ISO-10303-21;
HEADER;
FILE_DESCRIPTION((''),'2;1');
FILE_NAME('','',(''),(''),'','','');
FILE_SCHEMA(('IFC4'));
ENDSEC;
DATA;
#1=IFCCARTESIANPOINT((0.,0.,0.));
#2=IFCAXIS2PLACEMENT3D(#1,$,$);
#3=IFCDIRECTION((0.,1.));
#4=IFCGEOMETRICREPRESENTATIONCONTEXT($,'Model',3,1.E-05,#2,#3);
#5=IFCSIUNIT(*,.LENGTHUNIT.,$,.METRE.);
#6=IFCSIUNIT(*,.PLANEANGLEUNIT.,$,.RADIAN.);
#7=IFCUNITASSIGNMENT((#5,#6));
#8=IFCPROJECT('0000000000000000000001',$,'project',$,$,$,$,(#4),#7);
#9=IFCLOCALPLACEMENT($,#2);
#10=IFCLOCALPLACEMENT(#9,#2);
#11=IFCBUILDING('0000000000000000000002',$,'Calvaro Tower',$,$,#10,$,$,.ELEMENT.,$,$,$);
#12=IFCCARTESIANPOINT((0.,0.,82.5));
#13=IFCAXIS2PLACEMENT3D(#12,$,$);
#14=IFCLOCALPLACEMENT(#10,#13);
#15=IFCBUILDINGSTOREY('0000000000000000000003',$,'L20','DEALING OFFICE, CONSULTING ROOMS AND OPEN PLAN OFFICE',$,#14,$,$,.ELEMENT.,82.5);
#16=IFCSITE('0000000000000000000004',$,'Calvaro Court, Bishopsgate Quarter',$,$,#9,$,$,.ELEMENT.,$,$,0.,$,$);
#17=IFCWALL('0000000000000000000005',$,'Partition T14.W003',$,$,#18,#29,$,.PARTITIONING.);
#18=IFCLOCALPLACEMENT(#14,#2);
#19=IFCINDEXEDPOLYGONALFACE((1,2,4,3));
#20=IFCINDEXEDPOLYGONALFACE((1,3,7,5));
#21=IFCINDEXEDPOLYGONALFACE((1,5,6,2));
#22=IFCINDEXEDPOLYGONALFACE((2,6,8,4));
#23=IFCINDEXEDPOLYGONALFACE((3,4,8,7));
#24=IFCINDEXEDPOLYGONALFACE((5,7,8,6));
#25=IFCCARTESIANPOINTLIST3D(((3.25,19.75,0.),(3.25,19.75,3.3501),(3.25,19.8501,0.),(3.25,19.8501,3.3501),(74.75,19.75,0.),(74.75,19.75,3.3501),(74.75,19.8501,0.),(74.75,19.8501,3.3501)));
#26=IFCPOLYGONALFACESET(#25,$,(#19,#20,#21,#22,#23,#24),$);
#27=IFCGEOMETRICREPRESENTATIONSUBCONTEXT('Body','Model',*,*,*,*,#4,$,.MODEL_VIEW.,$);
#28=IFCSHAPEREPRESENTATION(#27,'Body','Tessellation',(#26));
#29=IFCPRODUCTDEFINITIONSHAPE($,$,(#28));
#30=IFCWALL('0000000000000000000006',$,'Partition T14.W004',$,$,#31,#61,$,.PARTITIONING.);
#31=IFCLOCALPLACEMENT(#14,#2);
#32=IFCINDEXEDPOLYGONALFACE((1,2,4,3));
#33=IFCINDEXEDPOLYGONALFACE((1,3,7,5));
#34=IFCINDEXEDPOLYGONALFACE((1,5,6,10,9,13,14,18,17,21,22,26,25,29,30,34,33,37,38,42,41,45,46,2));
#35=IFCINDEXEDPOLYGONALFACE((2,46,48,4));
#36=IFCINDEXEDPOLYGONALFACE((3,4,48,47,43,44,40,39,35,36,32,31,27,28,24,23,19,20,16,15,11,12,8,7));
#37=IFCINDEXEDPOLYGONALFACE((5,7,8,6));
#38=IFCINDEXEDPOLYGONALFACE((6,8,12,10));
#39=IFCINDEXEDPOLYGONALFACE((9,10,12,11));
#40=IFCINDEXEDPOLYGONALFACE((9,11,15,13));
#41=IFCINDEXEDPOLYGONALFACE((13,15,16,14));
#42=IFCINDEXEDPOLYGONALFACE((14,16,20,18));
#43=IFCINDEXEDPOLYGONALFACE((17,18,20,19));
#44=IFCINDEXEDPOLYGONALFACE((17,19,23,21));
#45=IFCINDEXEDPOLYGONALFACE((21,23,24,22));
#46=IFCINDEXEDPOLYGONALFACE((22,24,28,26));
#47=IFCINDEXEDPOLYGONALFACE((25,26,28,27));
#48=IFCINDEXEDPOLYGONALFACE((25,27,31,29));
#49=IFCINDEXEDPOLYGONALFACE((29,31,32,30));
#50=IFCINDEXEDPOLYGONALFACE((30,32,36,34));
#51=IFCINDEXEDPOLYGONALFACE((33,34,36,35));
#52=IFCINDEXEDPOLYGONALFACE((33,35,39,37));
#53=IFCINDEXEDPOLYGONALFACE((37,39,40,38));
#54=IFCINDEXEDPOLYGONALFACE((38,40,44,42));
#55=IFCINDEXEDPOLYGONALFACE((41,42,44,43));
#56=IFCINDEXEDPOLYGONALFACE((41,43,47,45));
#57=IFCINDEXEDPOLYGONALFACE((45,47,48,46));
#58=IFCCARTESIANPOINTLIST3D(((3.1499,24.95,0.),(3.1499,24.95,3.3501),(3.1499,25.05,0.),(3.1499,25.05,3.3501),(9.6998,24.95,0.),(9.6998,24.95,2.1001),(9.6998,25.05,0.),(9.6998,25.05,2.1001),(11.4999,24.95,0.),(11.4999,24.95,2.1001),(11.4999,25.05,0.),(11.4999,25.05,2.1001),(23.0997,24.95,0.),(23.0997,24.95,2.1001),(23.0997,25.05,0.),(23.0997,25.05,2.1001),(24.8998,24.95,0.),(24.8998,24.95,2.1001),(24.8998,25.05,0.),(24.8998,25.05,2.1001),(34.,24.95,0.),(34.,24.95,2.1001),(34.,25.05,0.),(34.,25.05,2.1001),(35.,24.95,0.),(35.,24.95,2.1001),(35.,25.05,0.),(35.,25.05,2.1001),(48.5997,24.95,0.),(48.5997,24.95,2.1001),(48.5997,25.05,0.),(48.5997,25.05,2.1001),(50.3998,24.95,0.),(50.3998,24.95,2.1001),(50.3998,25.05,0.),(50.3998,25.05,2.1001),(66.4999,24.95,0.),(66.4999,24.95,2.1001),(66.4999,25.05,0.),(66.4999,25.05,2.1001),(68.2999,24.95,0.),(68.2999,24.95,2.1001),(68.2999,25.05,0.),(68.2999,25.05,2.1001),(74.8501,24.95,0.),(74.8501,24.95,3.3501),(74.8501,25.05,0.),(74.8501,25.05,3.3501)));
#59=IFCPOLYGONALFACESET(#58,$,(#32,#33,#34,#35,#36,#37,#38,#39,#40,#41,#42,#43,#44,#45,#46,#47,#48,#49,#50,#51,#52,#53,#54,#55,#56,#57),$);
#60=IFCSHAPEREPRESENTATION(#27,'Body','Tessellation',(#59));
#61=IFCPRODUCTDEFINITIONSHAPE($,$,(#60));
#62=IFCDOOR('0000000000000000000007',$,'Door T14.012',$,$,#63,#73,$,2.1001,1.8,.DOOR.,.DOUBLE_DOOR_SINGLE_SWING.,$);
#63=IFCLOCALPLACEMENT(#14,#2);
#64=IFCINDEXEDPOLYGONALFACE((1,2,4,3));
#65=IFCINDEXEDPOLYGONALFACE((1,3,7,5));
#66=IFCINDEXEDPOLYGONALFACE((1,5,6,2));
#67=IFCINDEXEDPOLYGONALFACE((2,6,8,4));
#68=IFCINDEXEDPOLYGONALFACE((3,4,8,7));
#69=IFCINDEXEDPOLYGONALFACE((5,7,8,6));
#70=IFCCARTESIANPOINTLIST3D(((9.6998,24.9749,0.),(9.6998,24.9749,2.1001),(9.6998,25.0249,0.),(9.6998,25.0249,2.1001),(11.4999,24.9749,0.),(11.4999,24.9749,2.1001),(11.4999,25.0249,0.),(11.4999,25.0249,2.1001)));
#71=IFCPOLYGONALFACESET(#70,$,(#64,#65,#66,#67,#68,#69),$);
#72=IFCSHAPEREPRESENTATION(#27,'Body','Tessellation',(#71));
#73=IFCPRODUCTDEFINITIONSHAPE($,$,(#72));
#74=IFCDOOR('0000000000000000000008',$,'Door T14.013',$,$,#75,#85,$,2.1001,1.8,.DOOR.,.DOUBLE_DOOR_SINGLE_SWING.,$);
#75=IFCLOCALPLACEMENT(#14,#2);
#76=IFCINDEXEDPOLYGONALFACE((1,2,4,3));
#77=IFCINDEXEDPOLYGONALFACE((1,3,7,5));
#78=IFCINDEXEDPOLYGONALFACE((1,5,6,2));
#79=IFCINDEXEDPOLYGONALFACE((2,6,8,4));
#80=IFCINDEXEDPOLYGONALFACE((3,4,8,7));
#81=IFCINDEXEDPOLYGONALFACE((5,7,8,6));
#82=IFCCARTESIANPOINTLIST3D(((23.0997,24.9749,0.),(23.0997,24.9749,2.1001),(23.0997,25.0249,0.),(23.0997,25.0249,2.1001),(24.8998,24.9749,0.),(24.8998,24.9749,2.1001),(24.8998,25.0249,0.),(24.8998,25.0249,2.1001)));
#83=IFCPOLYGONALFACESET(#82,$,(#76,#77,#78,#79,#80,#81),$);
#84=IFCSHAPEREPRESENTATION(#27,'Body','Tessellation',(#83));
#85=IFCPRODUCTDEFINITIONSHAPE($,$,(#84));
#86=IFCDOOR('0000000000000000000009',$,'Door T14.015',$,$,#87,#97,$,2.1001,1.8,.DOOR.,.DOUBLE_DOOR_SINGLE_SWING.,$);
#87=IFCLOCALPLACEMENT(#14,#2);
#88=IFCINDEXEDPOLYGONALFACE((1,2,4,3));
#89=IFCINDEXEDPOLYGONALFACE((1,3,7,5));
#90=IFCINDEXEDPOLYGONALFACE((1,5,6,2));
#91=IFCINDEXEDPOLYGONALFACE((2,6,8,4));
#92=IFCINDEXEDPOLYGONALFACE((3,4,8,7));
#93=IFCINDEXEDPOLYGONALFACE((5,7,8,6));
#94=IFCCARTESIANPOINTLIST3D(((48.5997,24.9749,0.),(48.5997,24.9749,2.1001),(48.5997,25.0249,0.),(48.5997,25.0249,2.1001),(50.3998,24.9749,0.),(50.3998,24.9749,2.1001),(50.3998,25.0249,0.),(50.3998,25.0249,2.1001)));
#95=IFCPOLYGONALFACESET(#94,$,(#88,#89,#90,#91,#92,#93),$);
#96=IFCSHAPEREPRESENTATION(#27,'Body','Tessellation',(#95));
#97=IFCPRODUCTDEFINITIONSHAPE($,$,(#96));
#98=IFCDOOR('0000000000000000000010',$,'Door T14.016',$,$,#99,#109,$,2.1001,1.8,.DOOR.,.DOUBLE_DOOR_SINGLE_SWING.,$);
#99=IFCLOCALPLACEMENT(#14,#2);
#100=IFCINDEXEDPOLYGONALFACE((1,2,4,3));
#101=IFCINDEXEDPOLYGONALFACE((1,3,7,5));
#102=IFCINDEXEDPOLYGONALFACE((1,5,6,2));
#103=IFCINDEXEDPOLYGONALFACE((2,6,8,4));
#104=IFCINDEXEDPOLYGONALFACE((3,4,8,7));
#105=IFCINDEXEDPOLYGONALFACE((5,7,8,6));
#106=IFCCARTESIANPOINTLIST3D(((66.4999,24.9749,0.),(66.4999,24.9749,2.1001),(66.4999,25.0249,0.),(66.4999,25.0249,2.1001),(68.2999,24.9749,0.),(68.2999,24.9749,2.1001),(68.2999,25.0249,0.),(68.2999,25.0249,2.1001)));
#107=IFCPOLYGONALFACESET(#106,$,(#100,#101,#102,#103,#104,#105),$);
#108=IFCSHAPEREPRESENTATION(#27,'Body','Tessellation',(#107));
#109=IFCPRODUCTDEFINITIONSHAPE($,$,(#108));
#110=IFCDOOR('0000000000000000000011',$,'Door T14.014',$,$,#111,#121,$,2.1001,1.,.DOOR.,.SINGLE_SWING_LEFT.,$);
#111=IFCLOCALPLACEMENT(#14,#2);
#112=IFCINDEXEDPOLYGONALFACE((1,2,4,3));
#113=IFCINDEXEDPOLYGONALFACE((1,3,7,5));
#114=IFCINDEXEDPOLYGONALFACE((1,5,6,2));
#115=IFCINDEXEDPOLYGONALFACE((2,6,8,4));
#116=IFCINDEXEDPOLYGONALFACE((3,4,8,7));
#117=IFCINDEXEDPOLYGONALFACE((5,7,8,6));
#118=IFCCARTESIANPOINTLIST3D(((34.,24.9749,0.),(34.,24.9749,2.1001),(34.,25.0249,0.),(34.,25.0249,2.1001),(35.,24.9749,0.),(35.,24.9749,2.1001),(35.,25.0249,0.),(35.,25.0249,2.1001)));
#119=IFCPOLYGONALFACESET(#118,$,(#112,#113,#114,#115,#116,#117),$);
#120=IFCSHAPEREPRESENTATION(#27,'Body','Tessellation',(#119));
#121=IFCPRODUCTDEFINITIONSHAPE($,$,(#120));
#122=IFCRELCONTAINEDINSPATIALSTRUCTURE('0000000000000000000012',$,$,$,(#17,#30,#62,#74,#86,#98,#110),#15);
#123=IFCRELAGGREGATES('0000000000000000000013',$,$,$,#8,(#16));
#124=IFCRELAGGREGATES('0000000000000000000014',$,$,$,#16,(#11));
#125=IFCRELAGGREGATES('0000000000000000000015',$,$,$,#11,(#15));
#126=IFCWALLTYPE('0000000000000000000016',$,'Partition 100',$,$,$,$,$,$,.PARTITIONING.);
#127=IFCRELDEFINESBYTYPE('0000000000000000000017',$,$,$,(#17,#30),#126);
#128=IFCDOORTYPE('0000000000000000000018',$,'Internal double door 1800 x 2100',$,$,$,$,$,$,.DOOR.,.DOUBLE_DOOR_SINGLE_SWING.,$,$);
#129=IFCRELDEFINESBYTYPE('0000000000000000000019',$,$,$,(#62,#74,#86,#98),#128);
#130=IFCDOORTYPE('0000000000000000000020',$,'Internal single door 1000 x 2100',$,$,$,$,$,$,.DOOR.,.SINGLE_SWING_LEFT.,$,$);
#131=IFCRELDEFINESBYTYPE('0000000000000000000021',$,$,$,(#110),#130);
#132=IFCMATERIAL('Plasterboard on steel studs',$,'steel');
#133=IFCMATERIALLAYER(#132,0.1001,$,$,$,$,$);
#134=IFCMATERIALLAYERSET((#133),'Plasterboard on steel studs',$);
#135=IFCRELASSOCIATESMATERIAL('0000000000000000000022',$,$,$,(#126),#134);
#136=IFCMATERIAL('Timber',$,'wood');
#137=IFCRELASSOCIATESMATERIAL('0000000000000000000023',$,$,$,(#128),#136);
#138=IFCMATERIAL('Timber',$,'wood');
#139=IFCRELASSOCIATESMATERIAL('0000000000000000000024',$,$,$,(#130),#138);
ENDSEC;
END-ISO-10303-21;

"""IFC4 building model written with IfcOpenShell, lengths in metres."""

from ifc_helpers import new_model, si_unit, direction, frame, frame_2d, origin, place, context, subcontext, project, spatial, rectangle, extrude, material, layer, layer_set, type_object, element, fill, save


model = new_model("IFC4")

# Units and contexts
model_context = context("Model", 3, precision=1e-05, world=origin(), true_north=direction((0.0, 1.0)))
body_context = subcontext(model_context, "Body", "Model", "MODEL_VIEW")
ifc_project = project(units=[si_unit("LENGTHUNIT", "METRE"), si_unit("PLANEANGLEUNIT", "RADIAN")], contexts=[model_context])

# Site, building, storey
site_placement = place(None, origin())
site = spatial("IfcSite", under=ifc_project, at=site_placement, Name="Calvaro Court, Bishopsgate Quarter", CompositionType="ELEMENT", RefElevation=0.0)
building_placement = place(site_placement, origin())
building = spatial("IfcBuilding", under=site, at=building_placement, Name="Calvaro Tower", CompositionType="ELEMENT")
storey_placement = place(building_placement, frame((0.0, 0.0, 82.5)))
storey = spatial("IfcBuildingStorey", under=building, at=storey_placement, Name="L20", Description="DEALING OFFICE, CONSULTING ROOMS AND OPEN PLAN OFFICE", CompositionType="ELEMENT", Elevation=82.5)

# Wall
ifc_material_1 = material(Name="Plasterboard on steel studs", Category="steel")
ifc_layer = layer(ifc_material_1, 0.1001)
ifc_layer_set = layer_set([ifc_layer], Name="Plasterboard on steel studs")
wall_type = type_object("IfcWallType", Name="Partition 100", PredefinedType="PARTITIONING", material=ifc_layer_set)
wall_1_placement = place(storey_placement, frame((3.25, 19.8, 0.0), z_axis=(0.0, 0.0, 1.0), x_axis=(1.0, 0.0, 0.0)))
element("IfcWall", 1, at=wall_1_placement, inside=storey, type_object=wall_type, Name="Partition T14.W003", PredefinedType="PARTITIONING", context=body_context, shape_type="SweptSolid", body=[
    extrude(rectangle(XDim=71.5, YDim=0.1001, at=frame_2d((35.75, 0.0))), origin(), (0.0, 0.0, 1.0), 3.3501),
])

# Wall, openings, doors
wall_2_placement = place(storey_placement, frame((3.1499, 25.0, 0.0), z_axis=(0.0, 0.0, 1.0), x_axis=(1.0, 0.0, 0.0)))
wall_2 = element("IfcWall", 2, at=wall_2_placement, inside=storey, type_object=wall_type, Name="Partition T14.W004", PredefinedType="PARTITIONING", context=body_context, shape_type="SweptSolid", body=[
    extrude(rectangle(XDim=71.7002, YDim=0.1001, at=frame_2d((35.8501, 0.0))), origin(), (0.0, 0.0, 1.0), 3.3501),
])
opening_1_placement = place(wall_2_placement, frame((6.55, 0.0, 0.0)))
opening_1 = element("IfcOpeningElement", 3, at=opening_1_placement, cuts=wall_2, PredefinedType="OPENING", context=body_context, shape_type="SweptSolid", body=[
    extrude(rectangle(XDim=1.8, YDim=2.1001, at=frame_2d((0.8999, 1.05))), frame((0.0, 0.0601, 0.0), z_axis=(0.0, -1.0, 0.0), x_axis=(1.0, 0.0, 0.0)), (0.0, 0.0, 1.0), 0.1201),
])
opening_2_placement = place(wall_2_placement, frame((19.95, 0.0, 0.0)))
opening_2 = element("IfcOpeningElement", 4, at=opening_2_placement, cuts=wall_2, PredefinedType="OPENING", context=body_context, shape_type="SweptSolid", body=[
    extrude(rectangle(XDim=1.8, YDim=2.1001, at=frame_2d((0.8999, 1.05))), frame((0.0, 0.0601, 0.0), z_axis=(0.0, -1.0, 0.0), x_axis=(1.0, 0.0, 0.0)), (0.0, 0.0, 1.0), 0.1201),
])
opening_3_placement = place(wall_2_placement, frame((30.8501, 0.0, 0.0)))
opening_3 = element("IfcOpeningElement", 5, at=opening_3_placement, cuts=wall_2, PredefinedType="OPENING", context=body_context, shape_type="SweptSolid", body=[
    extrude(rectangle(XDim=1.0, YDim=2.1001, at=frame_2d((0.5, 1.05))), frame((0.0, 0.0601, 0.0), z_axis=(0.0, -1.0, 0.0), x_axis=(1.0, 0.0, 0.0)), (0.0, 0.0, 1.0), 0.1201),
])
opening_4_placement = place(wall_2_placement, frame((45.45, 0.0, 0.0)))
opening_4 = element("IfcOpeningElement", 6, at=opening_4_placement, cuts=wall_2, PredefinedType="OPENING", context=body_context, shape_type="SweptSolid", body=[
    extrude(rectangle(XDim=1.8, YDim=2.1001, at=frame_2d((0.8999, 1.05))), frame((0.0, 0.0601, 0.0), z_axis=(0.0, -1.0, 0.0), x_axis=(1.0, 0.0, 0.0)), (0.0, 0.0, 1.0), 0.1201),
])
opening_5_placement = place(wall_2_placement, frame((63.3501, 0.0, 0.0)))
opening_5 = element("IfcOpeningElement", 7, at=opening_5_placement, cuts=wall_2, PredefinedType="OPENING", context=body_context, shape_type="SweptSolid", body=[
    extrude(rectangle(XDim=1.8, YDim=2.1001, at=frame_2d((0.8999, 1.05))), frame((0.0, 0.0601, 0.0), z_axis=(0.0, -1.0, 0.0), x_axis=(1.0, 0.0, 0.0)), (0.0, 0.0, 1.0), 0.1201),
])
ifc_material_2 = material(Name="Timber", Category="wood")
door_type_1 = type_object("IfcDoorType", Name="Internal double door 1800 x 2100", OperationType="DOUBLE_DOOR_SINGLE_SWING", PredefinedType="DOOR", material=ifc_material_2)
door_1_placement = place(opening_1_placement, origin())
door_1 = element("IfcDoor", 8, at=door_1_placement, inside=storey, type_object=door_type_1, Name="Door T14.012", OperationType="DOUBLE_DOOR_SINGLE_SWING", OverallHeight=2.1001, OverallWidth=1.8, PredefinedType="DOOR", context=body_context, shape_type="SweptSolid", body=[
    extrude(rectangle(XDim=1.8, YDim=2.1001, at=frame_2d((0.8999, 1.05))), frame((0.0, 0.0249, 0.0), z_axis=(0.0, -1.0, 0.0), x_axis=(1.0, 0.0, 0.0)), (0.0, 0.0, 1.0), 0.05),
])
fill(opening_1, door_1)
door_2_placement = place(opening_2_placement, origin())
door_2 = element("IfcDoor", 9, at=door_2_placement, inside=storey, type_object=door_type_1, Name="Door T14.013", OperationType="DOUBLE_DOOR_SINGLE_SWING", OverallHeight=2.1001, OverallWidth=1.8, PredefinedType="DOOR", context=body_context, shape_type="SweptSolid", body=[
    extrude(rectangle(XDim=1.8, YDim=2.1001, at=frame_2d((0.8999, 1.05))), frame((0.0, 0.0249, 0.0), z_axis=(0.0, -1.0, 0.0), x_axis=(1.0, 0.0, 0.0)), (0.0, 0.0, 1.0), 0.05),
])
fill(opening_2, door_2)
door_3_placement = place(opening_4_placement, origin())
door_3 = element("IfcDoor", 10, at=door_3_placement, inside=storey, type_object=door_type_1, Name="Door T14.015", OperationType="DOUBLE_DOOR_SINGLE_SWING", OverallHeight=2.1001, OverallWidth=1.8, PredefinedType="DOOR", context=body_context, shape_type="SweptSolid", body=[
    extrude(rectangle(XDim=1.8, YDim=2.1001, at=frame_2d((0.8999, 1.05))), frame((0.0, 0.0249, 0.0), z_axis=(0.0, -1.0, 0.0), x_axis=(1.0, 0.0, 0.0)), (0.0, 0.0, 1.0), 0.05),
])
fill(opening_4, door_3)
door_4_placement = place(opening_5_placement, origin())
door_4 = element("IfcDoor", 11, at=door_4_placement, inside=storey, type_object=door_type_1, Name="Door T14.016", OperationType="DOUBLE_DOOR_SINGLE_SWING", OverallHeight=2.1001, OverallWidth=1.8, PredefinedType="DOOR", context=body_context, shape_type="SweptSolid", body=[
    extrude(rectangle(XDim=1.8, YDim=2.1001, at=frame_2d((0.8999, 1.05))), frame((0.0, 0.0249, 0.0), z_axis=(0.0, -1.0, 0.0), x_axis=(1.0, 0.0, 0.0)), (0.0, 0.0, 1.0), 0.05),
])
fill(opening_5, door_4)
ifc_material_3 = material(Name="Timber", Category="wood")
door_type_2 = type_object("IfcDoorType", Name="Internal single door 1000 x 2100", OperationType="SINGLE_SWING_LEFT", PredefinedType="DOOR", material=ifc_material_3)
door_5_placement = place(opening_3_placement, origin())
door_5 = element("IfcDoor", 12, at=door_5_placement, inside=storey, type_object=door_type_2, Name="Door T14.014", OperationType="SINGLE_SWING_LEFT", OverallHeight=2.1001, OverallWidth=1.0, PredefinedType="DOOR", context=body_context, shape_type="SweptSolid", body=[
    extrude(rectangle(XDim=1.0, YDim=2.1001, at=frame_2d((0.5, 1.05))), frame((0.0, 0.0249, 0.0), z_axis=(0.0, -1.0, 0.0), x_axis=(1.0, 0.0, 0.0)), (0.0, 0.0, 1.0), 0.05),
])
fill(opening_3, door_5)

save(model, "model.ifc")
